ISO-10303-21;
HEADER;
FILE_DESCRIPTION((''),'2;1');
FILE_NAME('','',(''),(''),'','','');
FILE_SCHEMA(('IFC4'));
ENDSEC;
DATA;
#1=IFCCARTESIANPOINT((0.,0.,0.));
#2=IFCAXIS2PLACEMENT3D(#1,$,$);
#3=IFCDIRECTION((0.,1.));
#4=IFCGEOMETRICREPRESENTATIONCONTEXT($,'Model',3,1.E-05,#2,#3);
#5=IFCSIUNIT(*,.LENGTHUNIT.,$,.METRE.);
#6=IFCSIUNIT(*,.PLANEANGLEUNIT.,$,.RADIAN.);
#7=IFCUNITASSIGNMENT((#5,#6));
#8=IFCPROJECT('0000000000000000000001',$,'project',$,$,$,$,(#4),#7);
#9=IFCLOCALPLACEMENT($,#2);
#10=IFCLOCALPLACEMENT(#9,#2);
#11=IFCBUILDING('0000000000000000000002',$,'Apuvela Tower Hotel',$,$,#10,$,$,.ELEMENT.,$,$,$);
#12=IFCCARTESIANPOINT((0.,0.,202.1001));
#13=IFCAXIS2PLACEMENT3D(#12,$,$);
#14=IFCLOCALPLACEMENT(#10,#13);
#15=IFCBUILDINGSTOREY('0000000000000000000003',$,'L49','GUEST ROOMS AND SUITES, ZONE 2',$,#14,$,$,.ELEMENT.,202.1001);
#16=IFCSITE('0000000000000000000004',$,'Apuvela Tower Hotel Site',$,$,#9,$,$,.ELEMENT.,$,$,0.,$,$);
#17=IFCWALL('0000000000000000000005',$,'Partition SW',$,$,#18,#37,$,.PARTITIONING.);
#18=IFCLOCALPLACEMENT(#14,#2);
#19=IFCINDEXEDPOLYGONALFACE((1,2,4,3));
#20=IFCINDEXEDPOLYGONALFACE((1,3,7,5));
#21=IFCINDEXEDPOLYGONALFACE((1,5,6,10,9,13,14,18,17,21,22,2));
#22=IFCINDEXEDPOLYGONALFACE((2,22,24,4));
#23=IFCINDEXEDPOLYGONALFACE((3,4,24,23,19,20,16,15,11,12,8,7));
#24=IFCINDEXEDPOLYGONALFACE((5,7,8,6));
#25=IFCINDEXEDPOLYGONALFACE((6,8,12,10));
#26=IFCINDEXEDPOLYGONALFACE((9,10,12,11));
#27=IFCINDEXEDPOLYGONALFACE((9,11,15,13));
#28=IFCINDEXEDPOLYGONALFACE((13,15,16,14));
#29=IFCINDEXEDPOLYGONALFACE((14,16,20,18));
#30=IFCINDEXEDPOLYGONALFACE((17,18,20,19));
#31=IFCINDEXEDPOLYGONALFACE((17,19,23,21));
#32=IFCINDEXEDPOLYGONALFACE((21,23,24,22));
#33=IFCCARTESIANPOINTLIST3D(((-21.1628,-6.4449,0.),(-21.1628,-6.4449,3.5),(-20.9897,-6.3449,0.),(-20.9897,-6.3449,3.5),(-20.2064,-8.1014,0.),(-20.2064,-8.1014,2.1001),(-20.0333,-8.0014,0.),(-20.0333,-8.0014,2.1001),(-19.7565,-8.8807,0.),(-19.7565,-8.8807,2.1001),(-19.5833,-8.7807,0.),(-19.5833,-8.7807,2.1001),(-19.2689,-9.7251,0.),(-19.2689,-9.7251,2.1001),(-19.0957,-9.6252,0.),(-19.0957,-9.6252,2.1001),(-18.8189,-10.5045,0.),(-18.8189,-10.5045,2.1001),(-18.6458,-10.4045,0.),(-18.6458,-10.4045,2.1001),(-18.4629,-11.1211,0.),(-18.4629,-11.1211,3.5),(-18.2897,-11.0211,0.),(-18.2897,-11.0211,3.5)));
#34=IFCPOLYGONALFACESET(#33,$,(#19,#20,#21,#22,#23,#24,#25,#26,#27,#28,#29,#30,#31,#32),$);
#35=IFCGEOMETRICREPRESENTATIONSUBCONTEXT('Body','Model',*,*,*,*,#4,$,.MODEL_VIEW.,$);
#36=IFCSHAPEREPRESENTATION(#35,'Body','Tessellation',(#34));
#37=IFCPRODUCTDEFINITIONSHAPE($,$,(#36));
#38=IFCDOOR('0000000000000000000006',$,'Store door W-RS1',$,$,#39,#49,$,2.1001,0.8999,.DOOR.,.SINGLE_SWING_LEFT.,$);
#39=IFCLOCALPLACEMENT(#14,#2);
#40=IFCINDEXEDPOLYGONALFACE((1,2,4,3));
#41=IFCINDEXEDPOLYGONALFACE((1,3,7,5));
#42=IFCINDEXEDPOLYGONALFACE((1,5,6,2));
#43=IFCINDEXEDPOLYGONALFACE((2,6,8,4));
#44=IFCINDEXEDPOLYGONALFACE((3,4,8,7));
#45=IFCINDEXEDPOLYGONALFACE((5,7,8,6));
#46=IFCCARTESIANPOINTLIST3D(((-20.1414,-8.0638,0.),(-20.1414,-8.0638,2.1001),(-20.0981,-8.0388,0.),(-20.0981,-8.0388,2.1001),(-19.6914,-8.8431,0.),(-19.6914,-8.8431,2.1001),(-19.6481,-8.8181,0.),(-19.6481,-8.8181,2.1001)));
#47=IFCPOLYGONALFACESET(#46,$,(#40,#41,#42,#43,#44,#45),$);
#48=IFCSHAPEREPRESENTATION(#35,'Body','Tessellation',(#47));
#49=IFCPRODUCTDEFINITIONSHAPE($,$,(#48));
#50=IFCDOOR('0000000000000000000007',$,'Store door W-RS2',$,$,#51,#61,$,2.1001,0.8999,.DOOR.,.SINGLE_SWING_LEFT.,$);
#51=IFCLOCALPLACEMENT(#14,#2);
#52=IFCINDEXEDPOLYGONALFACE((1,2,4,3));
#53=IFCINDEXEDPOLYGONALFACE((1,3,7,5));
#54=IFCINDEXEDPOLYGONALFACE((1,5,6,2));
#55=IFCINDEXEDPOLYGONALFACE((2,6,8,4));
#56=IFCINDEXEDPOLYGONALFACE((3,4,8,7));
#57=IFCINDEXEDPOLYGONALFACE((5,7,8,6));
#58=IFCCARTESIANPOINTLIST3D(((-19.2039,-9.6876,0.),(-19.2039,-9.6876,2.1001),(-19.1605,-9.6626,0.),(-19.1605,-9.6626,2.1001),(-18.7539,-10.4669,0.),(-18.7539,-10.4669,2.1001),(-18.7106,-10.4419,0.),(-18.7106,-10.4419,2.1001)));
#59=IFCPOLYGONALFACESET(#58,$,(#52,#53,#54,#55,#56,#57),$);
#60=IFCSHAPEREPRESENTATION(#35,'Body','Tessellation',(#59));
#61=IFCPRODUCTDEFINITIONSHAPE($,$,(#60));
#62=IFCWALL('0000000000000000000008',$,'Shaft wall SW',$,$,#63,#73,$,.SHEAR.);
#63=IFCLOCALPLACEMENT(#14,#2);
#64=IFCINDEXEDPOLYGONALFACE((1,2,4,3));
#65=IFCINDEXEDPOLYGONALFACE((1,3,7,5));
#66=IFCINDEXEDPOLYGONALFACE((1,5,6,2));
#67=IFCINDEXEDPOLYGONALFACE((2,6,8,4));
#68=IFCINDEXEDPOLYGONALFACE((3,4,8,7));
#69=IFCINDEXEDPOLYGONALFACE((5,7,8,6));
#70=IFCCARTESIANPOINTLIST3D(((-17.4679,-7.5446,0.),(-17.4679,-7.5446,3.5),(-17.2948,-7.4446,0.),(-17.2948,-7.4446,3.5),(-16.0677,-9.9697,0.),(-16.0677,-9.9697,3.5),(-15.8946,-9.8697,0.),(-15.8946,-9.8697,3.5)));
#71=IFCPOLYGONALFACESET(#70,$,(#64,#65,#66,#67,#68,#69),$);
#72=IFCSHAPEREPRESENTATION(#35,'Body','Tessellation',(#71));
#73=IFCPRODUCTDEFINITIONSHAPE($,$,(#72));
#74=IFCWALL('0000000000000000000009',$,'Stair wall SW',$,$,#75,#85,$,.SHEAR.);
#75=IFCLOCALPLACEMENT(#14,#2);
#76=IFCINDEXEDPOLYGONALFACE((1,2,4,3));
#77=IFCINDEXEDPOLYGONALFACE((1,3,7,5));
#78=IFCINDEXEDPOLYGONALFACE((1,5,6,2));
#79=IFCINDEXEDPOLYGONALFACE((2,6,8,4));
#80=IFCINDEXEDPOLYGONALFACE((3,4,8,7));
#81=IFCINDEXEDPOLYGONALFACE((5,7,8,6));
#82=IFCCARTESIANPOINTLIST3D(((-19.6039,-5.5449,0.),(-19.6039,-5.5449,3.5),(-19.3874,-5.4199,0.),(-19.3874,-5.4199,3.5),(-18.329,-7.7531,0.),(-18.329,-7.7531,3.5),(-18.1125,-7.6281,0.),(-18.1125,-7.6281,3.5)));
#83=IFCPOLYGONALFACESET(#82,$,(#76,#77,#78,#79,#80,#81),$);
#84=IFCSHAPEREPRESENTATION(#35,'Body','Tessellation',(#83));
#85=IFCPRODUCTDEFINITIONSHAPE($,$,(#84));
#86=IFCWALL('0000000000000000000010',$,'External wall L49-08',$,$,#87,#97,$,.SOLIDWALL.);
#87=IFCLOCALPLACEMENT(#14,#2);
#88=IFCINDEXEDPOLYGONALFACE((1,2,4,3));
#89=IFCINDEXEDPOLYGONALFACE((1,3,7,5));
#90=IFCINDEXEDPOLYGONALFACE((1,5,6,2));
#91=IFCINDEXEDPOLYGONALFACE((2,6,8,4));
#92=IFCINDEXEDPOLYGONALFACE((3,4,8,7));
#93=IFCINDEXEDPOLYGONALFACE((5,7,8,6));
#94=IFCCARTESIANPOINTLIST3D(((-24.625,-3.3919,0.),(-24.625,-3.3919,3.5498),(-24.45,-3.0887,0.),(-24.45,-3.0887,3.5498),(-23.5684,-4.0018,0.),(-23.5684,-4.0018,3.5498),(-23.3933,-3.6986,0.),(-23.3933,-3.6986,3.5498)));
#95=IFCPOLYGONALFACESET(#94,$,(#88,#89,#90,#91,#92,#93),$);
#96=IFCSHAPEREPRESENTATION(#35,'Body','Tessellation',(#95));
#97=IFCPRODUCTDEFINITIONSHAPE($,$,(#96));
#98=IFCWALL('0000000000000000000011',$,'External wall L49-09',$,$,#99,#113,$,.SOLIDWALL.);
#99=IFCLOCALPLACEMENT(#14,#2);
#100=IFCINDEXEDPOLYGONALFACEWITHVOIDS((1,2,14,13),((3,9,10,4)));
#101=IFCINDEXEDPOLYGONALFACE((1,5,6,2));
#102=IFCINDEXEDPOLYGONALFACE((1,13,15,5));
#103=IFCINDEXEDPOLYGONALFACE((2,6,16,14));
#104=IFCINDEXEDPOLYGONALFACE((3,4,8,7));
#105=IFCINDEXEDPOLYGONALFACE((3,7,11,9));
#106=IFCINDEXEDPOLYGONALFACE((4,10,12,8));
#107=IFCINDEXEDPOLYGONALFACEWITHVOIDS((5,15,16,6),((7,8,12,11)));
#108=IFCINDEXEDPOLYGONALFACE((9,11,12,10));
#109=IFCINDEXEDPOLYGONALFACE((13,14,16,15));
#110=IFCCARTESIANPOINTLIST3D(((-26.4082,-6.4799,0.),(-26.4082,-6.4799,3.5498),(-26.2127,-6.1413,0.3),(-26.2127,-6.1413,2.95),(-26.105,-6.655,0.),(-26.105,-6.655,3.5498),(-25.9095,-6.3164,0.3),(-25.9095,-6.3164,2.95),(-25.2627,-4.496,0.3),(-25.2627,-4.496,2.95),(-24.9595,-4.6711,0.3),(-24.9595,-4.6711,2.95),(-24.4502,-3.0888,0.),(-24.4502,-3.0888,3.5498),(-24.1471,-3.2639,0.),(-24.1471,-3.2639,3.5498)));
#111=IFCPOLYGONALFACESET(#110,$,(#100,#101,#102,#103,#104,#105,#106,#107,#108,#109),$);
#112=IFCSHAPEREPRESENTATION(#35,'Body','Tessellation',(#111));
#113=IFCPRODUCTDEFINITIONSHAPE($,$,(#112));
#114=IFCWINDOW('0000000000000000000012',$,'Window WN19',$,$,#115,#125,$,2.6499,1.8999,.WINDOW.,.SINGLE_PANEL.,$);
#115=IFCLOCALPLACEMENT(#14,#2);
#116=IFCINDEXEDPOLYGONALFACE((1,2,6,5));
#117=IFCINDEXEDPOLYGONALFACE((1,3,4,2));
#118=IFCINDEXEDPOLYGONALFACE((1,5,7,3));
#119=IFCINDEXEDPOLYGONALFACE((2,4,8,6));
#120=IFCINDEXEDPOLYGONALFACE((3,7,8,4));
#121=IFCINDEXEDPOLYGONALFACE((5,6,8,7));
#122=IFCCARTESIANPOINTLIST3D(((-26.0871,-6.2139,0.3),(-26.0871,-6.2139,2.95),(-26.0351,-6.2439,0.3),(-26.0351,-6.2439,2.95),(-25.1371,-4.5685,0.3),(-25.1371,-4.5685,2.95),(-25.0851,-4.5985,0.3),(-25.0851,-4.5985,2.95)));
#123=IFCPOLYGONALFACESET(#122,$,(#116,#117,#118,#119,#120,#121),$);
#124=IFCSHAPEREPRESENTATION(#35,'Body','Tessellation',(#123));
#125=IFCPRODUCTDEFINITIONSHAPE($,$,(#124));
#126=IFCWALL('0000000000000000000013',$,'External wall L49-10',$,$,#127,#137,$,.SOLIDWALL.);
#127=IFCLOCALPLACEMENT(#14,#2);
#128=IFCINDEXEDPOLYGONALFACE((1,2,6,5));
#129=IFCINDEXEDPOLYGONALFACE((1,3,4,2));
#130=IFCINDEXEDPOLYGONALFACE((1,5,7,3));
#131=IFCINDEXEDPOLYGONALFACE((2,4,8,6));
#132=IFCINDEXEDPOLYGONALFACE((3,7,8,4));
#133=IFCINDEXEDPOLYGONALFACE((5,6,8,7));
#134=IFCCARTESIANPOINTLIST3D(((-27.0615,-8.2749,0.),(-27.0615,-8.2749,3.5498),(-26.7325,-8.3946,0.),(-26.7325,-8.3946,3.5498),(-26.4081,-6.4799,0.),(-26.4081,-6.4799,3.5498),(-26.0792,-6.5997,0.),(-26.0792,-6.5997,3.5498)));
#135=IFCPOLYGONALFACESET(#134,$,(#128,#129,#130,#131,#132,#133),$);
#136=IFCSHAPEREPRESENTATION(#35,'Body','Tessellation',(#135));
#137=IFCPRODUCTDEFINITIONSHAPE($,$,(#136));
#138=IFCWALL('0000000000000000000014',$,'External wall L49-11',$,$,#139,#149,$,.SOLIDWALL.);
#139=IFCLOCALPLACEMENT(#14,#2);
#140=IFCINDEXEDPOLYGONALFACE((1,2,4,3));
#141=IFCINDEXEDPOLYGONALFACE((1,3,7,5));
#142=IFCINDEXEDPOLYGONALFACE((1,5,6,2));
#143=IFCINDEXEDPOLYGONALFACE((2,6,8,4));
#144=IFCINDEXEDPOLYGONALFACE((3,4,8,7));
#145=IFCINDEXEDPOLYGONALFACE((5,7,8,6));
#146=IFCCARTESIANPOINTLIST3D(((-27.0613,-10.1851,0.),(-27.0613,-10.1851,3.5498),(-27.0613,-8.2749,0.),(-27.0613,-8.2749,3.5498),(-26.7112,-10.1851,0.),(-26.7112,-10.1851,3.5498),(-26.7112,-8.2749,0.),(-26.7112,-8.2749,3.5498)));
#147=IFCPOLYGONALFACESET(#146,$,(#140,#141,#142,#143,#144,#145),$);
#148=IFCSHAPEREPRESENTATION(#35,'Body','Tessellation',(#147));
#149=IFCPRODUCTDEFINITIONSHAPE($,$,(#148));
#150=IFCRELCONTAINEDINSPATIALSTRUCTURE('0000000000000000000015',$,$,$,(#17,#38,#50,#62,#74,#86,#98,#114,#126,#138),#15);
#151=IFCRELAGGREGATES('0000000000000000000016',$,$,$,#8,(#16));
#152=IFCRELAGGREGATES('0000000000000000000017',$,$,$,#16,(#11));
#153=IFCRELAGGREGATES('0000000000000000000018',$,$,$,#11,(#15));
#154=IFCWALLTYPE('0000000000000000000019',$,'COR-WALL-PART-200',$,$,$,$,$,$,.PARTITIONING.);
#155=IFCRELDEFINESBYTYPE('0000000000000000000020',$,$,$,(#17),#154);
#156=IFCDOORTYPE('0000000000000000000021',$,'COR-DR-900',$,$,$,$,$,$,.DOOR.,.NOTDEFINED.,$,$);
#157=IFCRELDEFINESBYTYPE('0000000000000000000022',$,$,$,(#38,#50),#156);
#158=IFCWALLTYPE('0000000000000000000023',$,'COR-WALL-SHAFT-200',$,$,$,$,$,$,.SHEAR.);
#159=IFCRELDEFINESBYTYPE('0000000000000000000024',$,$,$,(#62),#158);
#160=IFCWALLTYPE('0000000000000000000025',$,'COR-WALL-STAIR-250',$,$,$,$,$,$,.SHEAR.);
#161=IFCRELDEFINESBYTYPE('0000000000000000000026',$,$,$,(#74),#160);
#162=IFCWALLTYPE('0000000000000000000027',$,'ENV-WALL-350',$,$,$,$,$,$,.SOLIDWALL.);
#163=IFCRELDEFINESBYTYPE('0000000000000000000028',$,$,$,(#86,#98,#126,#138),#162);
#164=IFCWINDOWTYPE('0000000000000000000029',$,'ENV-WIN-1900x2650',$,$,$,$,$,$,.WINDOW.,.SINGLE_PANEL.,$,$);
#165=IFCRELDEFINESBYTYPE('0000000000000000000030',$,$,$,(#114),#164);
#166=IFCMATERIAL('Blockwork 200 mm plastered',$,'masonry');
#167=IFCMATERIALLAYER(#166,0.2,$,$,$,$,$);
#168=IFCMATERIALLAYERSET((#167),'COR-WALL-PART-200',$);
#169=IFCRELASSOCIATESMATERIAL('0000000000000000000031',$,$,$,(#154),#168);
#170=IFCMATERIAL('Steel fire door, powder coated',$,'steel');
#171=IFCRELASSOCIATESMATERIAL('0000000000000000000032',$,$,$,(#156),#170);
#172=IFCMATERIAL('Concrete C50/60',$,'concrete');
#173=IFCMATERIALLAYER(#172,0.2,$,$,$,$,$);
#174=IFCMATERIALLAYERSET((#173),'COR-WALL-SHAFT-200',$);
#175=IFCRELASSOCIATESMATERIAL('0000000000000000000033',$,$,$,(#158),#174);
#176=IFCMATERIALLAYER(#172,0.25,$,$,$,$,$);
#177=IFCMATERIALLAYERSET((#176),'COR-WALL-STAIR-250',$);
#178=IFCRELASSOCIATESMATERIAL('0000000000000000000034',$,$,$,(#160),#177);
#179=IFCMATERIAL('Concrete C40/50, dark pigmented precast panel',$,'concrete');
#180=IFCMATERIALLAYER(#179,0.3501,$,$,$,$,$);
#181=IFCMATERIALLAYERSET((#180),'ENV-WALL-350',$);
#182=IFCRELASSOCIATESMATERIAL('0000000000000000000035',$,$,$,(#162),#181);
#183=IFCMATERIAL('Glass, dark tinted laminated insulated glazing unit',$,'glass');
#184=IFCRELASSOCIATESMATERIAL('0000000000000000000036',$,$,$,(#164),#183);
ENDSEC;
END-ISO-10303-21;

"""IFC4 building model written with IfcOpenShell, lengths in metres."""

from ifc_helpers import new_model, si_unit, direction, frame, frame_2d, origin, place, context, subcontext, project, spatial, rectangle, extrude, material, layer, layer_set, type_object, element, fill, save


model = new_model("IFC4")

# Units and contexts
model_context = context("Model", 3, precision=1e-05, world=origin(), true_north=direction((0.0, 1.0)))
body_context = subcontext(model_context, "Body", "Model", "MODEL_VIEW")
ifc_project = project(units=[si_unit("LENGTHUNIT", "METRE"), si_unit("PLANEANGLEUNIT", "RADIAN")], contexts=[model_context])

# Site, building, storey
site_placement = place(None, origin())
site = spatial("IfcSite", under=ifc_project, at=site_placement, Name="Apuvela Tower Hotel Site", CompositionType="ELEMENT", RefElevation=0.0)
building_placement = place(site_placement, origin())
building = spatial("IfcBuilding", under=site, at=building_placement, Name="Apuvela Tower Hotel", CompositionType="ELEMENT")
storey_placement = place(building_placement, frame((0.0, 0.0, 202.1001)))
storey = spatial("IfcBuildingStorey", under=building, at=storey_placement, Name="L49", Description="GUEST ROOMS AND SUITES, ZONE 2", CompositionType="ELEMENT", Elevation=202.1001)

# Wall, openings, doors
ifc_material_1 = material(Name="Blockwork 200 mm plastered", Category="masonry")
ifc_layer_1 = layer(ifc_material_1, 0.2)
ifc_layer_set_1 = layer_set([ifc_layer_1], Name="COR-WALL-PART-200")
wall_type_1 = type_object("IfcWallType", Name="COR-WALL-PART-200", PredefinedType="PARTITIONING", material=ifc_layer_set_1)
wall_1_placement = place(storey_placement, frame((-21.0762, -6.395, 0.0), z_axis=(0.0, 0.0, 1.0), x_axis=(0.500015, -0.866017, 0.0)))
wall_1 = element("IfcWall", 1, at=wall_1_placement, inside=storey, type_object=wall_type_1, Name="Partition SW", PredefinedType="PARTITIONING", context=body_context, shape_type="SweptSolid", body=[
    extrude(rectangle(XDim=5.3997, YDim=0.2, at=frame_2d((2.6997, 0.0))), origin(), (0.0, 0.0, 1.0), 3.5),
])
opening_1_placement = place(wall_1_placement, frame((1.9126, 0.0, 0.0)))
opening_1 = element("IfcOpeningElement", 2, at=opening_1_placement, cuts=wall_1, PredefinedType="OPENING", context=body_context, shape_type="SweptSolid", body=[
    extrude(rectangle(XDim=0.8999, YDim=2.1001, at=frame_2d((0.45, 1.05))), frame((0.0, 0.1099, 0.0), z_axis=(0.0, -1.0, 0.0), x_axis=(1.0, 0.0, 0.0)), (0.0, 0.0, 1.0), 0.22),
])
opening_2_placement = place(wall_1_placement, frame((3.7876, 0.0, 0.0)))
opening_2 = element("IfcOpeningElement", 3, at=opening_2_placement, cuts=wall_1, PredefinedType="OPENING", context=body_context, shape_type="SweptSolid", body=[
    extrude(rectangle(XDim=0.8999, YDim=2.1001, at=frame_2d((0.45, 1.05))), frame((0.0, 0.1099, 0.0), z_axis=(0.0, -1.0, 0.0), x_axis=(1.0, 0.0, 0.0)), (0.0, 0.0, 1.0), 0.22),
])
ifc_material_2 = material(Name="Steel fire door, powder coated", Category="steel")
door_type_1 = type_object("IfcDoorType", Name="COR-DR-900", OperationType="NOTDEFINED", PredefinedType="DOOR", material=ifc_material_2)
door_1_placement = place(opening_1_placement, frame((0.8999, 0.0, 0.0), z_axis=(0.0, 0.0, 1.0), x_axis=(-1.0, 0.0, 0.0)))
door_1 = element("IfcDoor", 4, at=door_1_placement, inside=storey, type_object=door_type_1, Name="Store door W-RS1", OperationType="SINGLE_SWING_LEFT", OverallHeight=2.1001, OverallWidth=0.8999, PredefinedType="DOOR", context=body_context, shape_type="SweptSolid", body=[
    extrude(rectangle(XDim=0.8999, YDim=2.1001, at=frame_2d((0.45, 1.05))), frame((0.0, 0.0249, 0.0), z_axis=(0.0, -1.0, 0.0), x_axis=(1.0, 0.0, 0.0)), (0.0, 0.0, 1.0), 0.05),
])
fill(opening_1, door_1)
door_2_placement = place(opening_2_placement, frame((0.8999, 0.0, 0.0), z_axis=(0.0, 0.0, 1.0), x_axis=(-1.0, 0.0, 0.0)))
door_2 = element("IfcDoor", 5, at=door_2_placement, inside=storey, type_object=door_type_1, Name="Store door W-RS2", OperationType="SINGLE_SWING_LEFT", OverallHeight=2.1001, OverallWidth=0.8999, PredefinedType="DOOR", context=body_context, shape_type="SweptSolid", body=[
    extrude(rectangle(XDim=0.8999, YDim=2.1001, at=frame_2d((0.45, 1.05))), frame((0.0, 0.0249, 0.0), z_axis=(0.0, -1.0, 0.0), x_axis=(1.0, 0.0, 0.0)), (0.0, 0.0, 1.0), 0.05),
])
fill(opening_2, door_2)

# Walls
ifc_material_3 = material(Name="Concrete C50/60", Category="concrete")
ifc_layer_2 = layer(ifc_material_3, 0.2)
ifc_layer_set_2 = layer_set([ifc_layer_2], Name="COR-WALL-SHAFT-200")
wall_type_2 = type_object("IfcWallType", Name="COR-WALL-SHAFT-200", PredefinedType="SHEAR", material=ifc_layer_set_2)
wall_2_placement = place(storey_placement, frame((-17.3813, -7.4946, 0.0), z_axis=(0.0, 0.0, 1.0), x_axis=(0.500012, -0.866019, 0.0)))
element("IfcWall", 6, at=wall_2_placement, inside=storey, type_object=wall_type_2, Name="Shaft wall SW", PredefinedType="SHEAR", context=body_context, shape_type="SweptSolid", body=[
    extrude(rectangle(XDim=2.8003, YDim=0.2, at=frame_2d((1.4001, 0.0))), origin(), (0.0, 0.0, 1.0), 3.5),
])
ifc_layer_3 = layer(ifc_material_3, 0.25)
ifc_layer_set_3 = layer_set([ifc_layer_3], Name="COR-WALL-STAIR-250")
wall_type_3 = type_object("IfcWallType", Name="COR-WALL-STAIR-250", PredefinedType="SHEAR", material=ifc_layer_set_3)
wall_3_placement = place(storey_placement, frame((-19.4956, -5.4824, 0.0), z_axis=(0.0, 0.0, 1.0), x_axis=(0.49999, -0.866031, 0.0)))
element("IfcWall", 7, at=wall_3_placement, inside=storey, type_object=wall_type_3, Name="Stair wall SW", PredefinedType="SHEAR", context=body_context, shape_type="SweptSolid", body=[
    extrude(rectangle(XDim=2.5498, YDim=0.25, at=frame_2d((1.2749, 0.0))), origin(), (0.0, 0.0, 1.0), 3.5),
])
ifc_material_4 = material(Name="Concrete C40/50, dark pigmented precast panel", Category="concrete")
ifc_layer_4 = layer(ifc_material_4, 0.3501)
ifc_layer_set_4 = layer_set([ifc_layer_4], Name="ENV-WALL-350")
wall_type_4 = type_object("IfcWallType", Name="ENV-WALL-350", PredefinedType="SOLIDWALL", material=ifc_layer_set_4)
wall_4_placement = place(storey_placement, frame((-23.481, -3.8501, 0.0), z_axis=(0.0, 0.0, 1.0), x_axis=(-0.866092, 0.499884, 0.0)))
element("IfcWall", 8, at=wall_4_placement, inside=storey, type_object=wall_type_4, Name="External wall L49-08", PredefinedType="SOLIDWALL", context=body_context, shape_type="SweptSolid", body=[
    extrude(rectangle(XDim=1.22, YDim=0.3501, at=frame_2d((0.6099, 0.0))), origin(), (0.0, 0.0, 1.0), 3.5498),
])

# Wall, opening, window
wall_5_placement = place(storey_placement, frame((-24.2986, -3.1763, 0.0), z_axis=(0.0, 0.0, 1.0), x_axis=(-0.500028, -0.866009, 0.0)))
wall_5 = element("IfcWall", 9, at=wall_5_placement, inside=storey, type_object=wall_type_4, Name="External wall L49-09", PredefinedType="SOLIDWALL", context=body_context, shape_type="SweptSolid", body=[
    extrude(rectangle(XDim=3.9158, YDim=0.3501, at=frame_2d((1.958, 0.0))), origin(), (0.0, 0.0, 1.0), 3.5498),
])
opening_3_placement = place(wall_5_placement, frame((1.625, 0.0, 0.3)))
opening_3 = element("IfcOpeningElement", 10, at=opening_3_placement, cuts=wall_5, PredefinedType="OPENING", context=body_context, shape_type="SweptSolid", body=[
    extrude(rectangle(XDim=1.8999, YDim=2.6499, at=frame_2d((0.95, 1.325))), frame((0.0, 0.1851, 0.0), z_axis=(0.0, -1.0, 0.0), x_axis=(1.0, 0.0, 0.0)), (0.0, 0.0, 1.0), 0.3701),
])
ifc_material_5 = material(Name="Glass, dark tinted laminated insulated glazing unit", Category="glass")
window_type = type_object("IfcWindowType", Name="ENV-WIN-1900x2650", PartitioningType="SINGLE_PANEL", PredefinedType="WINDOW", material=ifc_material_5)
window_placement = place(opening_3_placement, origin())
window = element("IfcWindow", 11, at=window_placement, inside=storey, type_object=window_type, Name="Window WN19", OverallHeight=2.6499, OverallWidth=1.8999, PartitioningType="SINGLE_PANEL", PredefinedType="WINDOW", context=body_context, shape_type="SweptSolid", body=[
    extrude(rectangle(XDim=1.8999, YDim=2.6499, at=frame_2d((0.95, 1.325))), frame((0.0, 0.03, 0.0), z_axis=(0.0, -1.0, 0.0), x_axis=(1.0, 0.0, 0.0)), (0.0, 0.0, 1.0), 0.0601),
])
fill(opening_3, window)

# Walls
for number, where, z_axis, x_axis, name in (
    (12, (-26.2437, -6.5398, 0.0), (0.0, 0.0, 1.0), (-0.34203, -0.939689, 0.0), "External wall L49-10"),
    (13, (-26.8862, -8.2749, 0.0), (0.0, 0.0, 1.0), (0.0, -1.0, 0.0), "External wall L49-11"),
):
    element("IfcWall", number, at=place(storey_placement, frame(where, z_axis=z_axis, x_axis=x_axis)), inside=storey, type_object=wall_type_4, Name=name, PredefinedType="SOLIDWALL", context=body_context, shape_type="SweptSolid", body=[
        extrude(rectangle(XDim=1.9102, YDim=0.3501, at=frame_2d((0.9551, 0.0))), origin(), (0.0, 0.0, 1.0), 3.5498),
    ])

save(model, "model.ifc")
